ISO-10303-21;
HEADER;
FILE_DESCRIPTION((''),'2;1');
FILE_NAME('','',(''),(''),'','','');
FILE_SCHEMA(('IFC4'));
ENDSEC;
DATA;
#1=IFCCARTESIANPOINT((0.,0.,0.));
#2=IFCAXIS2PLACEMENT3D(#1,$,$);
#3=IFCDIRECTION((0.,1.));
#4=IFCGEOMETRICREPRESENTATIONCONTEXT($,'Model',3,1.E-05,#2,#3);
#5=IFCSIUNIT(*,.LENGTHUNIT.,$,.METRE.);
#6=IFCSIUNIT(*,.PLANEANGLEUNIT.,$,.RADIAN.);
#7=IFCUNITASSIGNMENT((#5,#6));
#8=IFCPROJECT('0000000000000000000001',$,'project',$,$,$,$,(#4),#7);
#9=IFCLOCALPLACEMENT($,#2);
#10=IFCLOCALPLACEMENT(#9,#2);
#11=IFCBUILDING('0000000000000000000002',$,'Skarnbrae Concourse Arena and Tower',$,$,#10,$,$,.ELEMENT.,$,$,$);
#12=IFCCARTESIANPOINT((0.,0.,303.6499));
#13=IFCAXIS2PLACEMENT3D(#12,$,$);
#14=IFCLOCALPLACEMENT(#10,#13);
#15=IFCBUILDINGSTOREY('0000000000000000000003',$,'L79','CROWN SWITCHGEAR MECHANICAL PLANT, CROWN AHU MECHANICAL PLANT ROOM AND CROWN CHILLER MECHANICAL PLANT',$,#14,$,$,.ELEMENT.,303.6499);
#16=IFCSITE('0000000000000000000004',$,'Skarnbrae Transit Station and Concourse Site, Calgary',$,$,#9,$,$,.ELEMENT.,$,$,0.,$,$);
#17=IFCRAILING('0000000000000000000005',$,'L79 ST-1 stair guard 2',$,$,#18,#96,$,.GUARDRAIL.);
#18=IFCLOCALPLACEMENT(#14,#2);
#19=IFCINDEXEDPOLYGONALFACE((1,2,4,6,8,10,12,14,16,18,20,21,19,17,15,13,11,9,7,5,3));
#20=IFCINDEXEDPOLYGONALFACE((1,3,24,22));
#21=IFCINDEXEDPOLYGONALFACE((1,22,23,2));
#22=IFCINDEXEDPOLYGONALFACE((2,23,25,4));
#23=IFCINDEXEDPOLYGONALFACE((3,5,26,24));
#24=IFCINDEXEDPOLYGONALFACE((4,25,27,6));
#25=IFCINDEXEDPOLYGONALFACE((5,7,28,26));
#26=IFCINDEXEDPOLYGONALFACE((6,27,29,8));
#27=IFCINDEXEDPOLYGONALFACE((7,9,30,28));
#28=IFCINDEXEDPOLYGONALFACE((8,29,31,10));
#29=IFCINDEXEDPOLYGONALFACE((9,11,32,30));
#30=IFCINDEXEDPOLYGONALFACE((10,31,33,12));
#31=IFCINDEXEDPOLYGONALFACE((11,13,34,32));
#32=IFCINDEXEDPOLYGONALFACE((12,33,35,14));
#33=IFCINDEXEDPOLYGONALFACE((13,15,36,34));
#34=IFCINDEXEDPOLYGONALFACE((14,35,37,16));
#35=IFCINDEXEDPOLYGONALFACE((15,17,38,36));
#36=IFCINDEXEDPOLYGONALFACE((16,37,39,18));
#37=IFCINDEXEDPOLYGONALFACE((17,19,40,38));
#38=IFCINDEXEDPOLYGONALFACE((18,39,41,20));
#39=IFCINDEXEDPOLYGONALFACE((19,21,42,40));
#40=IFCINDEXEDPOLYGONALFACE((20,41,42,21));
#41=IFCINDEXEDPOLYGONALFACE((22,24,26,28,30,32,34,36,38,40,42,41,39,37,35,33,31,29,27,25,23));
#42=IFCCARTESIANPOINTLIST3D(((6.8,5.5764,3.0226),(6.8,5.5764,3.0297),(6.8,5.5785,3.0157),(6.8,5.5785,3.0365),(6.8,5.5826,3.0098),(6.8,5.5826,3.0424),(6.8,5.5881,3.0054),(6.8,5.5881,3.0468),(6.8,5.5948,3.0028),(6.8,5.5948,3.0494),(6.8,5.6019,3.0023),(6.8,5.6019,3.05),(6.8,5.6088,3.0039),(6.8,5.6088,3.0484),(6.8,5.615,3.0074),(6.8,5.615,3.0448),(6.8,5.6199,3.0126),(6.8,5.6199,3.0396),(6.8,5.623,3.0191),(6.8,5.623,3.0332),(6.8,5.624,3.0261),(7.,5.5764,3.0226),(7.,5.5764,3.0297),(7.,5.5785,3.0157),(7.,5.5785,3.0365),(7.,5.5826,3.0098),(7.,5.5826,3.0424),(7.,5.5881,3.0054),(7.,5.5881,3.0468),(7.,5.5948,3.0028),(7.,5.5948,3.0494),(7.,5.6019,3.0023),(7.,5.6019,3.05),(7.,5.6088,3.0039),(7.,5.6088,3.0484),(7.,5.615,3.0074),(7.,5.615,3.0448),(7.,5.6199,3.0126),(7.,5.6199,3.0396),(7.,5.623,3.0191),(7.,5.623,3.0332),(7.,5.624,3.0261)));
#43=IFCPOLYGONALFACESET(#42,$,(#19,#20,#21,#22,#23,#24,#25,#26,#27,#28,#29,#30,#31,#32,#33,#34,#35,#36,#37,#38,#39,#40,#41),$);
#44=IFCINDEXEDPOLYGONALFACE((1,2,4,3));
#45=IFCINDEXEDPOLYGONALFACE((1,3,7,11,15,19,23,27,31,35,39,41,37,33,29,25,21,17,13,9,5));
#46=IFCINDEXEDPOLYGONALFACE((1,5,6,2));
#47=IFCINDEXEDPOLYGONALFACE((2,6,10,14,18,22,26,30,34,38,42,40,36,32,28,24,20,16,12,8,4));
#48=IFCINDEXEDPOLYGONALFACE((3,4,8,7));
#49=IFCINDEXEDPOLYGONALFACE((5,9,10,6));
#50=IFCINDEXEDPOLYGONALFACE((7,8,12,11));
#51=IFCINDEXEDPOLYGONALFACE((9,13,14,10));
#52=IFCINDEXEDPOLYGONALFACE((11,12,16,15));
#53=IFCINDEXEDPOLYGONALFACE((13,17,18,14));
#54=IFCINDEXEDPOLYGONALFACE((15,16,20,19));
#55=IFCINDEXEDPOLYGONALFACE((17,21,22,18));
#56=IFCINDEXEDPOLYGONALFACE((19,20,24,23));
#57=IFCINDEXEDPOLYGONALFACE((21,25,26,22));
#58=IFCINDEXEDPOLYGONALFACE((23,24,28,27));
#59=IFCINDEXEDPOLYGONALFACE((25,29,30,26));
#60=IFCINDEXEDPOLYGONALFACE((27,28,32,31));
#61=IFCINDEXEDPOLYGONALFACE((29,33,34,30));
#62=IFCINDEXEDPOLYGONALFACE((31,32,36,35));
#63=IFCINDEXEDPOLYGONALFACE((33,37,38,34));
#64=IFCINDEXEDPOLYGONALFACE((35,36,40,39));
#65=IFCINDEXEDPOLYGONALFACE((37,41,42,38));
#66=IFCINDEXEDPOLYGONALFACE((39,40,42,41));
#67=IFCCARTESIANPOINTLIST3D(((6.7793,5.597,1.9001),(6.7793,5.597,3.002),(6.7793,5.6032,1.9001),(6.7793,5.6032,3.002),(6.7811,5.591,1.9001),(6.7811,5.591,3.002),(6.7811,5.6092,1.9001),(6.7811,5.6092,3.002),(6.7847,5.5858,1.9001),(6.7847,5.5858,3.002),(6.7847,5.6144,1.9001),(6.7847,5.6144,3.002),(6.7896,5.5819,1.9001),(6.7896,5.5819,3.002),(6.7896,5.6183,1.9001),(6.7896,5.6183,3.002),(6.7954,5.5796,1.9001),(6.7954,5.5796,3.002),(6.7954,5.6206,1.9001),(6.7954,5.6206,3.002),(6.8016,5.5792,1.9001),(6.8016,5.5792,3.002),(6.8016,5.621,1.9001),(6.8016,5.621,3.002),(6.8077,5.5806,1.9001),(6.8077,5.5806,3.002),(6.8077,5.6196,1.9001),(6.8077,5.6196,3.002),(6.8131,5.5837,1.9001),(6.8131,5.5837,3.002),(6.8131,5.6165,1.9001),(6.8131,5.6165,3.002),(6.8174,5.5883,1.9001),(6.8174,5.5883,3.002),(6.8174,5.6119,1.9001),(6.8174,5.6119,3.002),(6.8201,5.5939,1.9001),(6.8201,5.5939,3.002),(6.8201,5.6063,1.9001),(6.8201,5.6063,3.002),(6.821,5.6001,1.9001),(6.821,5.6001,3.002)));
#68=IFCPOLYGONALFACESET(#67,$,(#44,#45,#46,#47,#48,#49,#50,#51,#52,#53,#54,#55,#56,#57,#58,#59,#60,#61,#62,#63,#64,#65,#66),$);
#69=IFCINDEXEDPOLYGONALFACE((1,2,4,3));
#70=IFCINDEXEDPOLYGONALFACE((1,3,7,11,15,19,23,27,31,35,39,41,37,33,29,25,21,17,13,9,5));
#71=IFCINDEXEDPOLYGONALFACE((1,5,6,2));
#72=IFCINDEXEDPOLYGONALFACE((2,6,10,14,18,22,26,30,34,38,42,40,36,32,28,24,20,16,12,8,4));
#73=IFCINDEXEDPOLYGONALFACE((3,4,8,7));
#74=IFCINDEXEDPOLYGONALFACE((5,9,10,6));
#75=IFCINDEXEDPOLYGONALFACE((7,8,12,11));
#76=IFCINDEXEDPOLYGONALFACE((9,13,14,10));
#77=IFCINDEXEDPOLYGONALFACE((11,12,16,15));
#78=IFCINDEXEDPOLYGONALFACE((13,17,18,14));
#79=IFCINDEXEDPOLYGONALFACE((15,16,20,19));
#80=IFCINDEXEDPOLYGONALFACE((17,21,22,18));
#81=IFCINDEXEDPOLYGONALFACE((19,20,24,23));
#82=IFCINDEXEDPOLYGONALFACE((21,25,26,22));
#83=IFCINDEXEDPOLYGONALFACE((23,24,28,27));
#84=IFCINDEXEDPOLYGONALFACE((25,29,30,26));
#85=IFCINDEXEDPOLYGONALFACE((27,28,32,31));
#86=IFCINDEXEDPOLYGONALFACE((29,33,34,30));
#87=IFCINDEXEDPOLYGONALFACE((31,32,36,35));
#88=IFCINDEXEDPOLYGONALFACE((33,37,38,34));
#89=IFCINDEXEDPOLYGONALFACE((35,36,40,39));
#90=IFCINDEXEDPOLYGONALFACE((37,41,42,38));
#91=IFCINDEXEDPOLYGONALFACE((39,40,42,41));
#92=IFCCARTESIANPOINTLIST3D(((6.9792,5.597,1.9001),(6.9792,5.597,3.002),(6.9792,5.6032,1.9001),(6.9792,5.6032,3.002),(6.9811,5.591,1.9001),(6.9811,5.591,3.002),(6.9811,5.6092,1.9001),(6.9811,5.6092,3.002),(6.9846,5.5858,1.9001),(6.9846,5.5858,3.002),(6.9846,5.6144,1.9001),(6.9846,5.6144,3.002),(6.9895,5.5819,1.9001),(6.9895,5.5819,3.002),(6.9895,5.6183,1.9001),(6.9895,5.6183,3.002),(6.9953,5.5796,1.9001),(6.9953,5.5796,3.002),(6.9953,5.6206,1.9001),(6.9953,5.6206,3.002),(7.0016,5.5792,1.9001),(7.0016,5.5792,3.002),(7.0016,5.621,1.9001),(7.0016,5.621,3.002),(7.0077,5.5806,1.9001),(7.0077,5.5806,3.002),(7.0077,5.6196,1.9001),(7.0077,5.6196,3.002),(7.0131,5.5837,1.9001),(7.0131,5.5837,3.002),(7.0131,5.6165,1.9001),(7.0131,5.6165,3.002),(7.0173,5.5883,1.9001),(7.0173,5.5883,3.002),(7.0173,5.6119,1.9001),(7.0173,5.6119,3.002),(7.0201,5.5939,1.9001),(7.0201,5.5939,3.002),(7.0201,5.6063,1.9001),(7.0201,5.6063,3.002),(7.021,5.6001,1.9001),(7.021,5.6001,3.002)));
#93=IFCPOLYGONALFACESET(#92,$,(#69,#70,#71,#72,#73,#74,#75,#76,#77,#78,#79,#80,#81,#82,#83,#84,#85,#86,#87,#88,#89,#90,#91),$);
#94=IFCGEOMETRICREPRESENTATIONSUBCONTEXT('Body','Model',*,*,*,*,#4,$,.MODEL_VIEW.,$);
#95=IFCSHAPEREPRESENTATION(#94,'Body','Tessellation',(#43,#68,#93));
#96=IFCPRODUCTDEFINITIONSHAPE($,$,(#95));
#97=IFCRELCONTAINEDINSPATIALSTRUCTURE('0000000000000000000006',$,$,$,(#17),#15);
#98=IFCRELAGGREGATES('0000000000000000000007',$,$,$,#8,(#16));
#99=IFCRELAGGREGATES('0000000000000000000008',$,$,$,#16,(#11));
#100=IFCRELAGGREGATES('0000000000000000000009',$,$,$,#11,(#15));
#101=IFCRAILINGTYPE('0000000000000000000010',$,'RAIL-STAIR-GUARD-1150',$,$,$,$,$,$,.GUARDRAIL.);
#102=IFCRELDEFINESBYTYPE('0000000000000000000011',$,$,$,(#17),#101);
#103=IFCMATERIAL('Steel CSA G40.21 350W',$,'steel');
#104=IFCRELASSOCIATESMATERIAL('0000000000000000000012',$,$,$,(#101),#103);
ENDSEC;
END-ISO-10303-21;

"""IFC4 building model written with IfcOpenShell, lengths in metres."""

from ifc_helpers import new_model, si_unit, direction, frame, origin, origin_2d, place, context, subcontext, project, spatial, circle, extrude, material, type_object, element, save


model = new_model("IFC4")

# Units and contexts
model_context = context("Model", 3, precision=1e-05, world=origin(), true_north=direction((0.0, 1.0)))
body_context = subcontext(model_context, "Body", "Model", "MODEL_VIEW")
ifc_project = project(units=[si_unit("LENGTHUNIT", "METRE"), si_unit("PLANEANGLEUNIT", "RADIAN")], contexts=[model_context])

# Site, building, storey
site_placement = place(None, origin())
site = spatial("IfcSite", under=ifc_project, at=site_placement, Name="Skarnbrae Transit Station and Concourse Site, Calgary", CompositionType="ELEMENT", RefElevation=0.0)
building_placement = place(site_placement, origin())
building = spatial("IfcBuilding", under=site, at=building_placement, Name="Skarnbrae Concourse Arena and Tower", CompositionType="ELEMENT")
storey_placement = place(building_placement, frame((0.0, 0.0, 303.6499)))
storey = spatial("IfcBuildingStorey", under=building, at=storey_placement, Name="L79", Description="CROWN SWITCHGEAR MECHANICAL PLANT, CROWN AHU MECHANICAL PLANT ROOM AND CROWN CHILLER MECHANICAL PLANT", CompositionType="ELEMENT", Elevation=303.6499)

# Shared definitions
ifc_material_1 = material(Name="Steel CSA G40.21 350W", Category="steel")

# Railing
railing_type_1 = type_object("IfcRailingType", Name="RAIL-STAIR-GUARD-1150", PredefinedType="GUARDRAIL", material=ifc_material_1)
railing_1_placement = place(storey_placement, frame((6.8, 5.6001, 1.9001)))
element("IfcRailing", 1, at=railing_1_placement, inside=storey, type_object=railing_type_1, Name="L79 ST-1 stair guard 2", PredefinedType="GUARDRAIL", context=body_context, shape_type="SweptSolid", body=[
    extrude(circle(Radius=0.0239, at=origin_2d()), frame((0.0, 0.0, 1.126), z_axis=(1.0, 0.0, 0.0), x_axis=(0.0, 1.0, 0.0)), (0.0, 0.0, 1.0), 0.2),
    extrude(circle(Radius=0.021, at=origin_2d()), origin(), (0.0, 0.0, 1.0), 1.1018),
    extrude(circle(Radius=0.021, at=origin_2d()), frame((0.2, 0.0, 0.0)), (0.0, 0.0, 1.0), 1.1018),
])

save(model, "model.ifc")
